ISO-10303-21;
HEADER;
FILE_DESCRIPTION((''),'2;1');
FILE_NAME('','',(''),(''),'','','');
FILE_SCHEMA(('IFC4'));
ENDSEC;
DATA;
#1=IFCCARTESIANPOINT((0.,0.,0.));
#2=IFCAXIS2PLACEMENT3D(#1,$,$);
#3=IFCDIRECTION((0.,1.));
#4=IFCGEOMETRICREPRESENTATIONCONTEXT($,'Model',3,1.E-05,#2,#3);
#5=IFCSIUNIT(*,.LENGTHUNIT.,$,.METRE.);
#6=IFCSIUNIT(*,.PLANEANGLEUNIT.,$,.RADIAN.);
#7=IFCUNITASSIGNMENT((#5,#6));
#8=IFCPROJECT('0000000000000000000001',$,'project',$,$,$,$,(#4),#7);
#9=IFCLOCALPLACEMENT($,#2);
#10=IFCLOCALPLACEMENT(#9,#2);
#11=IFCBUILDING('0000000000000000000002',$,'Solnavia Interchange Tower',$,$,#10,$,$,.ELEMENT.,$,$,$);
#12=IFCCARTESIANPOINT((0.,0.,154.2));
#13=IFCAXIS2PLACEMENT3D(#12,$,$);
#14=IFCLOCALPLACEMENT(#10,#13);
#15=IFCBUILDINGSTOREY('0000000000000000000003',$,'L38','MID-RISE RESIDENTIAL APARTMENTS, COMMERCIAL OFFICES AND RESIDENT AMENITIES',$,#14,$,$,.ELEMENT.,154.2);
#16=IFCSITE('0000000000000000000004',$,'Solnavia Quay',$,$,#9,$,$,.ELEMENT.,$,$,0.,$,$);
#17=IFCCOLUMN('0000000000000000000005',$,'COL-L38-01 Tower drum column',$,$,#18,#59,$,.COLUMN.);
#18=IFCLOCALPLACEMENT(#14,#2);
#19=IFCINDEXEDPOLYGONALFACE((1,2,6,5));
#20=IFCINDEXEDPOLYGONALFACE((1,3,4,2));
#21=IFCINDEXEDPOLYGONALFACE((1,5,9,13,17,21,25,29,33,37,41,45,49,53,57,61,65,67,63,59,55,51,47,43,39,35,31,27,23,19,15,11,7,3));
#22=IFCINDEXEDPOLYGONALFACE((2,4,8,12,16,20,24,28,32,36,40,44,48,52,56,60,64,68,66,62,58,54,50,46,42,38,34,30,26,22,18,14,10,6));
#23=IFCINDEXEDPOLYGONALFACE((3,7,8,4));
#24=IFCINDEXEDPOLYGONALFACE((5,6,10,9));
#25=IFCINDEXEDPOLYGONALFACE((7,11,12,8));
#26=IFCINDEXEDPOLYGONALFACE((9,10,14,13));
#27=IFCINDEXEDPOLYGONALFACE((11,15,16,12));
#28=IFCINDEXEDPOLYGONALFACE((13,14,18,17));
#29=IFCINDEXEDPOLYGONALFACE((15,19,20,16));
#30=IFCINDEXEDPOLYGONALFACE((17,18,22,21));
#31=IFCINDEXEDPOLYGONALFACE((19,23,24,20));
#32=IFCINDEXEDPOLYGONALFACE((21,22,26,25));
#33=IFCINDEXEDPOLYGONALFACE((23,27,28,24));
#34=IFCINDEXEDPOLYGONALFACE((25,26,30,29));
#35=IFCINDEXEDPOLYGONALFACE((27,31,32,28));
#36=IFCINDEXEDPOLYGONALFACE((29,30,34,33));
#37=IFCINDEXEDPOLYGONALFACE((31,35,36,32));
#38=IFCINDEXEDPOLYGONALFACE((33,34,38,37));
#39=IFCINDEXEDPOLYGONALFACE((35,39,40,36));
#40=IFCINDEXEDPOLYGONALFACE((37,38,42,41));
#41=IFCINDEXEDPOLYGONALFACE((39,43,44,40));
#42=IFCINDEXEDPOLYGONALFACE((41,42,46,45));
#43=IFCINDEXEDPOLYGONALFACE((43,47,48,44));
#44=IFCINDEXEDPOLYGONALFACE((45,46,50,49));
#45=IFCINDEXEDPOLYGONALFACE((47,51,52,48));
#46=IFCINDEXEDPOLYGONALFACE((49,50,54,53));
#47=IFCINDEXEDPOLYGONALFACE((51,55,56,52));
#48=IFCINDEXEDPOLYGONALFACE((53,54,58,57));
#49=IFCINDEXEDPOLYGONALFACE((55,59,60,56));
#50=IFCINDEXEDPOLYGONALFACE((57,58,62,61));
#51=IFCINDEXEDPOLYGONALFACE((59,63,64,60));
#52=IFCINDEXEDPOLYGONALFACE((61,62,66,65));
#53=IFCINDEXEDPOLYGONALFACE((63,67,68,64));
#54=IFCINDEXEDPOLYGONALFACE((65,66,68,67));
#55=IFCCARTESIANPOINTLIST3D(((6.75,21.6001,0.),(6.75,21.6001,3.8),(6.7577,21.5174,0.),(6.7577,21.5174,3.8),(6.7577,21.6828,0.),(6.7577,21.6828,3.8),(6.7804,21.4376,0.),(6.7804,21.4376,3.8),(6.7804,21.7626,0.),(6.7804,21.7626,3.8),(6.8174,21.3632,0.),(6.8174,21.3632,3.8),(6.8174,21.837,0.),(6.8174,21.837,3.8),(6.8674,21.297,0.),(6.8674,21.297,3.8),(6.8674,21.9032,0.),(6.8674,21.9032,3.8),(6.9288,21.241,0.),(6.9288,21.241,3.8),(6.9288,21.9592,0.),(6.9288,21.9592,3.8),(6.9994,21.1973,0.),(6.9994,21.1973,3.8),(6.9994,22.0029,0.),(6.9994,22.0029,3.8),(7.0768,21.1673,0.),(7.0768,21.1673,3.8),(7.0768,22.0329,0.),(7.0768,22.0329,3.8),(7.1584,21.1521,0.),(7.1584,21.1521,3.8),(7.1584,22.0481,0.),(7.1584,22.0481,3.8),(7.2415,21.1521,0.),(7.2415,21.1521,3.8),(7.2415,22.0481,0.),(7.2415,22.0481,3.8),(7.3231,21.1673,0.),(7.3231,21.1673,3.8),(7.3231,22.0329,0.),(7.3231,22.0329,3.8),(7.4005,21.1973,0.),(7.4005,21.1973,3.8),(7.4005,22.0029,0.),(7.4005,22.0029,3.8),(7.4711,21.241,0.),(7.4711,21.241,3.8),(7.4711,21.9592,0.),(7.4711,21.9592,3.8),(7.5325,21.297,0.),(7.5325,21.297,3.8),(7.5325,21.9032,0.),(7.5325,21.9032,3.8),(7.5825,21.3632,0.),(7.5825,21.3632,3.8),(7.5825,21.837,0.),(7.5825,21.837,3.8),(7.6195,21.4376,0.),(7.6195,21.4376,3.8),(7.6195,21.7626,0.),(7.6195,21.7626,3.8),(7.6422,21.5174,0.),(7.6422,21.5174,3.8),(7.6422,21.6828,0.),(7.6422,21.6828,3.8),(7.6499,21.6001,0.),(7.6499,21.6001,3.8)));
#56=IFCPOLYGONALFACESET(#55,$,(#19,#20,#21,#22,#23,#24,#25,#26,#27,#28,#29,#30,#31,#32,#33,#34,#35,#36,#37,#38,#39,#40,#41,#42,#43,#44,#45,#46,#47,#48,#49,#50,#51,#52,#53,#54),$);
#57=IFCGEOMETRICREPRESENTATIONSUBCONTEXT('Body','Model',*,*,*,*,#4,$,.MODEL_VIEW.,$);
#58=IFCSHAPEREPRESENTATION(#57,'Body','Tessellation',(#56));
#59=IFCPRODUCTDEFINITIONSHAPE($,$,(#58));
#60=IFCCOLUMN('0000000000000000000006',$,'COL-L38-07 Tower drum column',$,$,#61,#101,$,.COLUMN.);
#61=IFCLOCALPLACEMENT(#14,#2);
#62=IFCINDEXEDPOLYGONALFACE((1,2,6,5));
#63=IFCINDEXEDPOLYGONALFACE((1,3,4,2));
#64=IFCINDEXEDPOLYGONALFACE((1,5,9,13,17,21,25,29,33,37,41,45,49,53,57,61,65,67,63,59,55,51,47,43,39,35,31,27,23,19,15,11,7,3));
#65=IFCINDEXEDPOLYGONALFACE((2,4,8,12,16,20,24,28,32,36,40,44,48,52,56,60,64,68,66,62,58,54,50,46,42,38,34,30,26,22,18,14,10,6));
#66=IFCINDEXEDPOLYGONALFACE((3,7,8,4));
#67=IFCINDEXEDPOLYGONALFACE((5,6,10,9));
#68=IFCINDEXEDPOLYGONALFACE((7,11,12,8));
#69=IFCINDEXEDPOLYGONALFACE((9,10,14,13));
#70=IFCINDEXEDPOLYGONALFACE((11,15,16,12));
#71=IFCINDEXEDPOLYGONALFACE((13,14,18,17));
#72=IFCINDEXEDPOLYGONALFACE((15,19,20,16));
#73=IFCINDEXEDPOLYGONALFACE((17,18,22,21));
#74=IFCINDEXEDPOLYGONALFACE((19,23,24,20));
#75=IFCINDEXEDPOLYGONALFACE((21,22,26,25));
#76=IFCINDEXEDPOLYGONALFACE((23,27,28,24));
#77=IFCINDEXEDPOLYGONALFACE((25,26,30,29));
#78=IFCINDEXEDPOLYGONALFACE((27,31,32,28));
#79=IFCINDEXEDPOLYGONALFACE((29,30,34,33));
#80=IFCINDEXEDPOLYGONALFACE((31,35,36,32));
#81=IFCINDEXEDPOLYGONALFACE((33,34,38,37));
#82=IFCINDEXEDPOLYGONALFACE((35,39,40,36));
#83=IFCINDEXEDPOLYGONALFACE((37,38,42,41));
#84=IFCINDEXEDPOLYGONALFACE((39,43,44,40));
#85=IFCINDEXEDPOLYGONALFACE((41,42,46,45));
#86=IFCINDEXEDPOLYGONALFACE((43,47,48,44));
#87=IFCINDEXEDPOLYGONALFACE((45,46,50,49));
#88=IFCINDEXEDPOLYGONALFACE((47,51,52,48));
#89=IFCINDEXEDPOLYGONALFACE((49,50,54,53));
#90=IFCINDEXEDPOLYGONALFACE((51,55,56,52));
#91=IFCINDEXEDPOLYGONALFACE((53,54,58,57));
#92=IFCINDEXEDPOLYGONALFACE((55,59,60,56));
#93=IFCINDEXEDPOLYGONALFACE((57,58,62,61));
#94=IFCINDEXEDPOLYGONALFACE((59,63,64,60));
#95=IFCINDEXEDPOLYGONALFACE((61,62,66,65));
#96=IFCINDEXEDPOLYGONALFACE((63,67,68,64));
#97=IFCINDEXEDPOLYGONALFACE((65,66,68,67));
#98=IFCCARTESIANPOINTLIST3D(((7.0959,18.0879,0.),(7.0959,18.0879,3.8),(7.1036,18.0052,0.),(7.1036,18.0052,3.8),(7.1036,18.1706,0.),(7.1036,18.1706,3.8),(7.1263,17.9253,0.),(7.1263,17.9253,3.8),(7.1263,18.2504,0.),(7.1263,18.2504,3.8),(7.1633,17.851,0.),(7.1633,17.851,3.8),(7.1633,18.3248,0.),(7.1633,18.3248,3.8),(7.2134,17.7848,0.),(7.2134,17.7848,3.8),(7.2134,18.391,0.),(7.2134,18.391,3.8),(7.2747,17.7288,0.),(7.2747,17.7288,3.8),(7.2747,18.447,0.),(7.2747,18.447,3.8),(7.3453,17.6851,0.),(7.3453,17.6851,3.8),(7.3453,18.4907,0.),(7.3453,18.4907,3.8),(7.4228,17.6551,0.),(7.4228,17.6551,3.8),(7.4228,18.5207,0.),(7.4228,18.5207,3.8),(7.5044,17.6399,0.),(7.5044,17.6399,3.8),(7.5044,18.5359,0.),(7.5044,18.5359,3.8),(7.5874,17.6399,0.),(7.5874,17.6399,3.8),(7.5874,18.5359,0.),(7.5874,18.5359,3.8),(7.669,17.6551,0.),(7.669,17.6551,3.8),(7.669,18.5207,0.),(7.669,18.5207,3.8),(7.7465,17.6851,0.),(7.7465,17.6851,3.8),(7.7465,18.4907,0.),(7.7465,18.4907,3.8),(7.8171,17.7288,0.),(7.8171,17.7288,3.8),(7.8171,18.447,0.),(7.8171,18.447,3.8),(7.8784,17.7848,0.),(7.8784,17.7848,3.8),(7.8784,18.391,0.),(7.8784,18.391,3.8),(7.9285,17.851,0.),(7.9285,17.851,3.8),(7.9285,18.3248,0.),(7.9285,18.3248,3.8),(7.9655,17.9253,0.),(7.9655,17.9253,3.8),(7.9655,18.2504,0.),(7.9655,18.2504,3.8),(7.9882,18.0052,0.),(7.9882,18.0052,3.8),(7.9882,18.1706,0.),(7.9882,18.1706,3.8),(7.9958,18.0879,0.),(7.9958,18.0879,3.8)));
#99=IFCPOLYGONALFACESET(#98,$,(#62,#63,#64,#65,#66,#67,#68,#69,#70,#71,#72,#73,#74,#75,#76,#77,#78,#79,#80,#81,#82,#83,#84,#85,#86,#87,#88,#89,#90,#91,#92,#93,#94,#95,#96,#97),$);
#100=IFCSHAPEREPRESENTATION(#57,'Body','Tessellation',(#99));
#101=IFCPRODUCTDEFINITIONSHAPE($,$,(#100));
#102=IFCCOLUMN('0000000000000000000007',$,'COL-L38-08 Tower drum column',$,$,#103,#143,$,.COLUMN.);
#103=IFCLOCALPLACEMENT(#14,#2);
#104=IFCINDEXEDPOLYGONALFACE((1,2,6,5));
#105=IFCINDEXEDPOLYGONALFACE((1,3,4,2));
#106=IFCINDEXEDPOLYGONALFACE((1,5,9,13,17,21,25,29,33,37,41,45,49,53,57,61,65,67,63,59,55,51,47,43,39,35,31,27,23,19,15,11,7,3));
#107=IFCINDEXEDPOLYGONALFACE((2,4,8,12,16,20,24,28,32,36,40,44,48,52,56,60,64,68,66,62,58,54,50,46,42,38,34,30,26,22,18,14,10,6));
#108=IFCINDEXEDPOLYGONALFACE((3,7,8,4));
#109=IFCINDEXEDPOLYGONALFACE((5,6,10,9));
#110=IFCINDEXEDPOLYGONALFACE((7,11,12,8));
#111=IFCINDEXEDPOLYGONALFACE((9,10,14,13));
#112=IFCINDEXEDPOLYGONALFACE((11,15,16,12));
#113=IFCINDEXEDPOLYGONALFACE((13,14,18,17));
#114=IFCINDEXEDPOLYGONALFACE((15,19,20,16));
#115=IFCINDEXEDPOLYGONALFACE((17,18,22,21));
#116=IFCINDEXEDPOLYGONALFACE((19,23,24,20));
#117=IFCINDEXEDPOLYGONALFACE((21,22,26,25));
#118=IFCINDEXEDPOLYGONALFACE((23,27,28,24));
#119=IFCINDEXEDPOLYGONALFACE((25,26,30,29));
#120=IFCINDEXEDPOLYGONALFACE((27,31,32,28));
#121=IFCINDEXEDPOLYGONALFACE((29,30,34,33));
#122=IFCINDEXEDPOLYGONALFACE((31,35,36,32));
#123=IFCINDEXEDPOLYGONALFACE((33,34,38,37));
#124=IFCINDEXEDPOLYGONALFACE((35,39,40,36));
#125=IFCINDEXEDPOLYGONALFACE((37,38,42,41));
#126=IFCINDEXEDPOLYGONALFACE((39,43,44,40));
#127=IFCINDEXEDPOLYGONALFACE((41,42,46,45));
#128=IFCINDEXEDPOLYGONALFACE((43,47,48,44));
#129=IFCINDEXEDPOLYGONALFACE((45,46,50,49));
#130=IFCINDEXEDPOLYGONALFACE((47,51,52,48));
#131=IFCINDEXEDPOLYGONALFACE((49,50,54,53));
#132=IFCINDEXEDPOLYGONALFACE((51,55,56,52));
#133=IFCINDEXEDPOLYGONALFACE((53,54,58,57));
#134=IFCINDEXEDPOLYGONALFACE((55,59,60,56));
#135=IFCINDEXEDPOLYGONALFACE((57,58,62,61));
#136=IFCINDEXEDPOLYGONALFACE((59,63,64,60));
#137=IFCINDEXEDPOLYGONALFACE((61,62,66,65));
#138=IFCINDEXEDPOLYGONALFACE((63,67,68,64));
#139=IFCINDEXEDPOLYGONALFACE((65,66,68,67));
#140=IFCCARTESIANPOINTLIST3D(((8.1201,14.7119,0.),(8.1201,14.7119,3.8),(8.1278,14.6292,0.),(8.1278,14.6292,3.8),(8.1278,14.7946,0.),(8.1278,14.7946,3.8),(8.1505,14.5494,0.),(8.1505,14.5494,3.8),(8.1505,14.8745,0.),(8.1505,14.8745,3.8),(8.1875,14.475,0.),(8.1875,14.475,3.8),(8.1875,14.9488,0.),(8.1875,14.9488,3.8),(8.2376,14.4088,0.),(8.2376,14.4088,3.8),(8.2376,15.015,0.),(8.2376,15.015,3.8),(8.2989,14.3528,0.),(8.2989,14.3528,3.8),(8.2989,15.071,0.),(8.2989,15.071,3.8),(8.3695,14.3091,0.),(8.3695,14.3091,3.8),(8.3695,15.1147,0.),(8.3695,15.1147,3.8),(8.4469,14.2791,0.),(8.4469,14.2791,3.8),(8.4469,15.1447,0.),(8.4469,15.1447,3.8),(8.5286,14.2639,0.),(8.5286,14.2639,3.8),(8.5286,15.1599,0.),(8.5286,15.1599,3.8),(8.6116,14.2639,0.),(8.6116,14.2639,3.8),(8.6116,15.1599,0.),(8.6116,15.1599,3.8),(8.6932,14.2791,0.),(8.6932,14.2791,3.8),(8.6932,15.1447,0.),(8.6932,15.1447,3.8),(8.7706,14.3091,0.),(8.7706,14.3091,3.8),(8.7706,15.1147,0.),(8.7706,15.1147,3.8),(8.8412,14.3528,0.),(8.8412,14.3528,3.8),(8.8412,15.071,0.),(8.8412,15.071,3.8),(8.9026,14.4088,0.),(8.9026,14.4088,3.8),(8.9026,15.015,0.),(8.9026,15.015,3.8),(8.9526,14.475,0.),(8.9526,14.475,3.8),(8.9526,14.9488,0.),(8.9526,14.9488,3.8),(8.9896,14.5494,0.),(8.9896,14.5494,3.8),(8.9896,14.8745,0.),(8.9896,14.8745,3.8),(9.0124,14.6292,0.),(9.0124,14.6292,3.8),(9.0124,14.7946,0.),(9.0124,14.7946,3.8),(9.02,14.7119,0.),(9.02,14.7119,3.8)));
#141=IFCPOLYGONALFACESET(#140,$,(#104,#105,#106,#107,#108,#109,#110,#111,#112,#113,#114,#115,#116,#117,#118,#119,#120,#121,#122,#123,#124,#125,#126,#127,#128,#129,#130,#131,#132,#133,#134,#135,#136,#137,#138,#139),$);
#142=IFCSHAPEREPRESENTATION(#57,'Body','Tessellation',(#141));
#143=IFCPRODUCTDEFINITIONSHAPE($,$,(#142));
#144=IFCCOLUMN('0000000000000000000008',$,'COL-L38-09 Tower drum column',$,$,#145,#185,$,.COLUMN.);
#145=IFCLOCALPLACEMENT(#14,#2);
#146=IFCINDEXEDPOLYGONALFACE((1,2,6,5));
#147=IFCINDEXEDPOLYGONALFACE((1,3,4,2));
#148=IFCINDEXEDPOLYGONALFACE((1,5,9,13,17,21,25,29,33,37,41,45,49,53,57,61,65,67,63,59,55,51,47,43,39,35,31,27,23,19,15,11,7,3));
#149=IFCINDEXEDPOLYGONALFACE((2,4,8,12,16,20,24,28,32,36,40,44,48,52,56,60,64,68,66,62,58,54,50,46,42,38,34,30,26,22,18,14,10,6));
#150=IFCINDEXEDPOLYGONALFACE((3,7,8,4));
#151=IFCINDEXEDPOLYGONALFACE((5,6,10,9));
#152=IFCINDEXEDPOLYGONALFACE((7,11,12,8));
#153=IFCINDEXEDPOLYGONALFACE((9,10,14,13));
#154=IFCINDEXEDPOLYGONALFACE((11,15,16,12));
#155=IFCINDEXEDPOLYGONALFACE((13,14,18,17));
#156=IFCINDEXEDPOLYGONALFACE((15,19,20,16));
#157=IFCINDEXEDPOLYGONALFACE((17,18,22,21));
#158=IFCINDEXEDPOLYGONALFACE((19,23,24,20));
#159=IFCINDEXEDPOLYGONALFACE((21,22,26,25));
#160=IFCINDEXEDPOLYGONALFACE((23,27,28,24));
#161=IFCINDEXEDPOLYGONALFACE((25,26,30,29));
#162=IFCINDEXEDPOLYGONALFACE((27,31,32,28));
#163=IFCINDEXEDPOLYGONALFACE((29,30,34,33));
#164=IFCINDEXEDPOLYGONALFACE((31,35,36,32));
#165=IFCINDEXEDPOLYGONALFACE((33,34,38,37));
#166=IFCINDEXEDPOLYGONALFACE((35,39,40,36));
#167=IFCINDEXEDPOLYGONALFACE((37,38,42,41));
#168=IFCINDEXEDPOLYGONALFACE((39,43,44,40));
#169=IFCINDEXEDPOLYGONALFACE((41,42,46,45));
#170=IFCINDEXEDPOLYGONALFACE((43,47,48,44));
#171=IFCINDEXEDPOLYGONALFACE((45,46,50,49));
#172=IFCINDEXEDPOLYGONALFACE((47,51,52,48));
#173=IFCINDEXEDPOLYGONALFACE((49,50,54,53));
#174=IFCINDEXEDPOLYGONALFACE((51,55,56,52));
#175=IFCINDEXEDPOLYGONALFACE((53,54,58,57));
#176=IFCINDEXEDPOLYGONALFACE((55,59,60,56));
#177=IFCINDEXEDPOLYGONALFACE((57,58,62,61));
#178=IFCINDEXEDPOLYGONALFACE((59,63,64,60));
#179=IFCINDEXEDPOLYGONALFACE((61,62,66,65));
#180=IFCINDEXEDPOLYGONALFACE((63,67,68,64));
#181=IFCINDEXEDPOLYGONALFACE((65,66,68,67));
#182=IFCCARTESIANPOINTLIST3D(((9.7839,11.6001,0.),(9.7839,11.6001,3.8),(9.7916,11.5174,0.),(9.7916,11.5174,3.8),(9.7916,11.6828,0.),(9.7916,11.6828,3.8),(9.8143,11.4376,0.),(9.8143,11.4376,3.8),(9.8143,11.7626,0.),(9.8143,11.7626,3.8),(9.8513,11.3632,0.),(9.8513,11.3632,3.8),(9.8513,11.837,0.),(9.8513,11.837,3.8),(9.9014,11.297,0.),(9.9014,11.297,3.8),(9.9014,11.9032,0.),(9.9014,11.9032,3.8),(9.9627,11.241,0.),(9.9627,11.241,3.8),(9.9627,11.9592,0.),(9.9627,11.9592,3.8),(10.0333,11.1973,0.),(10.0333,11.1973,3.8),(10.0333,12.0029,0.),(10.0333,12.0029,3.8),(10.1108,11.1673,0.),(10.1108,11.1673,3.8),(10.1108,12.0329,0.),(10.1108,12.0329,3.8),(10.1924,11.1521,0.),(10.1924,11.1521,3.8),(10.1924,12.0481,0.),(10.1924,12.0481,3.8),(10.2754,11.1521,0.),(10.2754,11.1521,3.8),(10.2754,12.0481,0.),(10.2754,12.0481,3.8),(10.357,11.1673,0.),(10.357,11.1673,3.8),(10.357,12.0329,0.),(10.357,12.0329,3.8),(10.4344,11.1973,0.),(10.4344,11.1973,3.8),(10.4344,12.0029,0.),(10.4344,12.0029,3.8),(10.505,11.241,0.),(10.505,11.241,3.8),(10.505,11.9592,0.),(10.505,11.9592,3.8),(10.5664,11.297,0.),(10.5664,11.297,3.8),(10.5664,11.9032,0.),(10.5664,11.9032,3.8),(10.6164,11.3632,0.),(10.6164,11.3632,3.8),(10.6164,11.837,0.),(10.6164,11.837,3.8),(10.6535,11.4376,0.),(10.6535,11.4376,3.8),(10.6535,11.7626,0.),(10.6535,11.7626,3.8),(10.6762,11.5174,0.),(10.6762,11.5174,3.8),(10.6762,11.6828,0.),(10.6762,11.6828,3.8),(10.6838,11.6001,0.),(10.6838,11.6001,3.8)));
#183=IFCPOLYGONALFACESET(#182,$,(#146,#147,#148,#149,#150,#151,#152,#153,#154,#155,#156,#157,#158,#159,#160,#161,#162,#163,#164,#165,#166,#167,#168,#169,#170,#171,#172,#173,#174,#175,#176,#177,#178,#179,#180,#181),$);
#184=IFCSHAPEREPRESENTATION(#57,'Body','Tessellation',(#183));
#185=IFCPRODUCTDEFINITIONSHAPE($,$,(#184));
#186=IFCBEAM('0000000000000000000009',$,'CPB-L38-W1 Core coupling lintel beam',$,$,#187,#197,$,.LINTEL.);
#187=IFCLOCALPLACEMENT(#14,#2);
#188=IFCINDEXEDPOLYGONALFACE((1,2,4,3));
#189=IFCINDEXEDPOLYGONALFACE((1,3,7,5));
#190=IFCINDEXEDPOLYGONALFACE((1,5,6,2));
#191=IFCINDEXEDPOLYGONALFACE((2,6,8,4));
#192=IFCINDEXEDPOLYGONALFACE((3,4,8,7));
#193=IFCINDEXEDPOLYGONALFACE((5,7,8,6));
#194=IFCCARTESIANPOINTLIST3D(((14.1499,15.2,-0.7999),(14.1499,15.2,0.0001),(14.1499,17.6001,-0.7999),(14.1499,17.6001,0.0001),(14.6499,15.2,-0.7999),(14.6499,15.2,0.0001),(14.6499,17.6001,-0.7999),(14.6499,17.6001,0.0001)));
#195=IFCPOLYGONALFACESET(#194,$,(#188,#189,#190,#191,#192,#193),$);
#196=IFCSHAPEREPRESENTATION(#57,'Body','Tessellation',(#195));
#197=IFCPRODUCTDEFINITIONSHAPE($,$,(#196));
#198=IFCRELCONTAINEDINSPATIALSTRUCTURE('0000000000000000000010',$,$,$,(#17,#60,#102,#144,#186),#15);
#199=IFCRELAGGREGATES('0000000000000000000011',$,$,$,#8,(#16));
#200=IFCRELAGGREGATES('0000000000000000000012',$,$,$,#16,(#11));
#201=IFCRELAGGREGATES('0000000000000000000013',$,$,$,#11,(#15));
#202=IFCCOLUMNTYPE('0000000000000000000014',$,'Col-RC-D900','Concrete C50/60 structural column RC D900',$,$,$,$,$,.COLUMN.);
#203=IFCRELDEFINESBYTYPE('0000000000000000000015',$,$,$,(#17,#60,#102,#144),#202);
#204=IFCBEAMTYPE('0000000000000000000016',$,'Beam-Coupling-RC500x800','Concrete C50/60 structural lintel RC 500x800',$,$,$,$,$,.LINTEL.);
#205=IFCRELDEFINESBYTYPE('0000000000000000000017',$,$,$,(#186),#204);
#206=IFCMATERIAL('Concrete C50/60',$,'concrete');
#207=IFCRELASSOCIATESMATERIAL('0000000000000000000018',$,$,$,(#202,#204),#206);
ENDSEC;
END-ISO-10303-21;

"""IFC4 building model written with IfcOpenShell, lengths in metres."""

from ifc_helpers import new_model, si_unit, direction, frame, origin, origin_2d, place, context, subcontext, project, spatial, rectangle, circle, extrude, material, material_profile, profile_set, type_object, element, save


model = new_model("IFC4")

# Units and contexts
model_context = context("Model", 3, precision=1e-05, world=origin(), true_north=direction((0.0, 1.0)))
body_context = subcontext(model_context, "Body", "Model", "MODEL_VIEW")
ifc_project = project(units=[si_unit("LENGTHUNIT", "METRE"), si_unit("PLANEANGLEUNIT", "RADIAN")], contexts=[model_context])

# Site, building, storey
site_placement = place(None, origin())
site = spatial("IfcSite", under=ifc_project, at=site_placement, Name="Solnavia Quay", CompositionType="ELEMENT", RefElevation=0.0)
building_placement = place(site_placement, origin())
building = spatial("IfcBuilding", under=site, at=building_placement, Name="Solnavia Interchange Tower", CompositionType="ELEMENT")
storey_placement = place(building_placement, frame((0.0, 0.0, 154.2)))
storey = spatial("IfcBuildingStorey", under=building, at=storey_placement, Name="L38", Description="MID-RISE RESIDENTIAL APARTMENTS, COMMERCIAL OFFICES AND RESIDENT AMENITIES", CompositionType="ELEMENT", Elevation=154.2)

# Columns
ifc_material_1 = material(Name="Concrete C50/60", Category="concrete")
ifc_material_profile_1 = material_profile(ifc_material_1, circle(Radius=0.45, at=origin_2d()), Name="RC D900")
ifc_profile_set_1 = profile_set([ifc_material_profile_1], Name="Concrete C50/60")
column_type = type_object("IfcColumnType", Name="Col-RC-D900", Description="Concrete C50/60 structural column RC D900", PredefinedType="COLUMN", material=ifc_profile_set_1)
for number, where, z_axis, x_axis, name in (
    (1, (7.2, 21.6001, 0.0), (0.0, 0.0, 1.0), (1.0, 0.0, 0.0), "COL-L38-01 Tower drum column"),
    (2, (7.5459, 18.0879, 0.0), (0.0, 0.0, 1.0), (1.0, 0.0, 0.0), "COL-L38-07 Tower drum column"),
    (3, (8.5701, 14.7119, 0.0), (0.0, 0.0, 1.0), (1.0, 0.0, 0.0), "COL-L38-08 Tower drum column"),
    (4, (10.2339, 11.6001, 0.0), (0.0, 0.0, 1.0), (1.0, 0.0, 0.0), "COL-L38-09 Tower drum column"),
):
    element("IfcColumn", number, at=place(storey_placement, frame(where, z_axis=z_axis, x_axis=x_axis)), inside=storey, type_object=column_type, Name=name, PredefinedType="COLUMN", context=body_context, shape_type="SweptSolid", body=[
        extrude(circle(Radius=0.45, at=origin_2d()), origin(), (0.0, 0.0, 1.0), 3.8),
    ])

# Beam
ifc_material_profile_2 = material_profile(ifc_material_1, rectangle(XDim=0.5, YDim=0.8, at=origin_2d()), Name="RC 500x800")
ifc_profile_set_2 = profile_set([ifc_material_profile_2], Name="Concrete C50/60")
beam_type_1 = type_object("IfcBeamType", Name="Beam-Coupling-RC500x800", Description="Concrete C50/60 structural lintel RC 500x800", PredefinedType="LINTEL", material=ifc_profile_set_2)
beam_1_placement = place(storey_placement, frame((14.3999, 15.2, -0.3999), z_axis=(0.0, 1.0, 0.0), x_axis=(-1.0, 0.0, 0.0)))
element("IfcBeam", 5, at=beam_1_placement, inside=storey, type_object=beam_type_1, Name="CPB-L38-W1 Core coupling lintel beam", PredefinedType="LINTEL", context=body_context, shape_type="SweptSolid", body=[
    extrude(rectangle(XDim=0.5, YDim=0.8, at=origin_2d()), origin(), (0.0, 0.0, 1.0), 2.4001),
])

save(model, "model.ifc")
